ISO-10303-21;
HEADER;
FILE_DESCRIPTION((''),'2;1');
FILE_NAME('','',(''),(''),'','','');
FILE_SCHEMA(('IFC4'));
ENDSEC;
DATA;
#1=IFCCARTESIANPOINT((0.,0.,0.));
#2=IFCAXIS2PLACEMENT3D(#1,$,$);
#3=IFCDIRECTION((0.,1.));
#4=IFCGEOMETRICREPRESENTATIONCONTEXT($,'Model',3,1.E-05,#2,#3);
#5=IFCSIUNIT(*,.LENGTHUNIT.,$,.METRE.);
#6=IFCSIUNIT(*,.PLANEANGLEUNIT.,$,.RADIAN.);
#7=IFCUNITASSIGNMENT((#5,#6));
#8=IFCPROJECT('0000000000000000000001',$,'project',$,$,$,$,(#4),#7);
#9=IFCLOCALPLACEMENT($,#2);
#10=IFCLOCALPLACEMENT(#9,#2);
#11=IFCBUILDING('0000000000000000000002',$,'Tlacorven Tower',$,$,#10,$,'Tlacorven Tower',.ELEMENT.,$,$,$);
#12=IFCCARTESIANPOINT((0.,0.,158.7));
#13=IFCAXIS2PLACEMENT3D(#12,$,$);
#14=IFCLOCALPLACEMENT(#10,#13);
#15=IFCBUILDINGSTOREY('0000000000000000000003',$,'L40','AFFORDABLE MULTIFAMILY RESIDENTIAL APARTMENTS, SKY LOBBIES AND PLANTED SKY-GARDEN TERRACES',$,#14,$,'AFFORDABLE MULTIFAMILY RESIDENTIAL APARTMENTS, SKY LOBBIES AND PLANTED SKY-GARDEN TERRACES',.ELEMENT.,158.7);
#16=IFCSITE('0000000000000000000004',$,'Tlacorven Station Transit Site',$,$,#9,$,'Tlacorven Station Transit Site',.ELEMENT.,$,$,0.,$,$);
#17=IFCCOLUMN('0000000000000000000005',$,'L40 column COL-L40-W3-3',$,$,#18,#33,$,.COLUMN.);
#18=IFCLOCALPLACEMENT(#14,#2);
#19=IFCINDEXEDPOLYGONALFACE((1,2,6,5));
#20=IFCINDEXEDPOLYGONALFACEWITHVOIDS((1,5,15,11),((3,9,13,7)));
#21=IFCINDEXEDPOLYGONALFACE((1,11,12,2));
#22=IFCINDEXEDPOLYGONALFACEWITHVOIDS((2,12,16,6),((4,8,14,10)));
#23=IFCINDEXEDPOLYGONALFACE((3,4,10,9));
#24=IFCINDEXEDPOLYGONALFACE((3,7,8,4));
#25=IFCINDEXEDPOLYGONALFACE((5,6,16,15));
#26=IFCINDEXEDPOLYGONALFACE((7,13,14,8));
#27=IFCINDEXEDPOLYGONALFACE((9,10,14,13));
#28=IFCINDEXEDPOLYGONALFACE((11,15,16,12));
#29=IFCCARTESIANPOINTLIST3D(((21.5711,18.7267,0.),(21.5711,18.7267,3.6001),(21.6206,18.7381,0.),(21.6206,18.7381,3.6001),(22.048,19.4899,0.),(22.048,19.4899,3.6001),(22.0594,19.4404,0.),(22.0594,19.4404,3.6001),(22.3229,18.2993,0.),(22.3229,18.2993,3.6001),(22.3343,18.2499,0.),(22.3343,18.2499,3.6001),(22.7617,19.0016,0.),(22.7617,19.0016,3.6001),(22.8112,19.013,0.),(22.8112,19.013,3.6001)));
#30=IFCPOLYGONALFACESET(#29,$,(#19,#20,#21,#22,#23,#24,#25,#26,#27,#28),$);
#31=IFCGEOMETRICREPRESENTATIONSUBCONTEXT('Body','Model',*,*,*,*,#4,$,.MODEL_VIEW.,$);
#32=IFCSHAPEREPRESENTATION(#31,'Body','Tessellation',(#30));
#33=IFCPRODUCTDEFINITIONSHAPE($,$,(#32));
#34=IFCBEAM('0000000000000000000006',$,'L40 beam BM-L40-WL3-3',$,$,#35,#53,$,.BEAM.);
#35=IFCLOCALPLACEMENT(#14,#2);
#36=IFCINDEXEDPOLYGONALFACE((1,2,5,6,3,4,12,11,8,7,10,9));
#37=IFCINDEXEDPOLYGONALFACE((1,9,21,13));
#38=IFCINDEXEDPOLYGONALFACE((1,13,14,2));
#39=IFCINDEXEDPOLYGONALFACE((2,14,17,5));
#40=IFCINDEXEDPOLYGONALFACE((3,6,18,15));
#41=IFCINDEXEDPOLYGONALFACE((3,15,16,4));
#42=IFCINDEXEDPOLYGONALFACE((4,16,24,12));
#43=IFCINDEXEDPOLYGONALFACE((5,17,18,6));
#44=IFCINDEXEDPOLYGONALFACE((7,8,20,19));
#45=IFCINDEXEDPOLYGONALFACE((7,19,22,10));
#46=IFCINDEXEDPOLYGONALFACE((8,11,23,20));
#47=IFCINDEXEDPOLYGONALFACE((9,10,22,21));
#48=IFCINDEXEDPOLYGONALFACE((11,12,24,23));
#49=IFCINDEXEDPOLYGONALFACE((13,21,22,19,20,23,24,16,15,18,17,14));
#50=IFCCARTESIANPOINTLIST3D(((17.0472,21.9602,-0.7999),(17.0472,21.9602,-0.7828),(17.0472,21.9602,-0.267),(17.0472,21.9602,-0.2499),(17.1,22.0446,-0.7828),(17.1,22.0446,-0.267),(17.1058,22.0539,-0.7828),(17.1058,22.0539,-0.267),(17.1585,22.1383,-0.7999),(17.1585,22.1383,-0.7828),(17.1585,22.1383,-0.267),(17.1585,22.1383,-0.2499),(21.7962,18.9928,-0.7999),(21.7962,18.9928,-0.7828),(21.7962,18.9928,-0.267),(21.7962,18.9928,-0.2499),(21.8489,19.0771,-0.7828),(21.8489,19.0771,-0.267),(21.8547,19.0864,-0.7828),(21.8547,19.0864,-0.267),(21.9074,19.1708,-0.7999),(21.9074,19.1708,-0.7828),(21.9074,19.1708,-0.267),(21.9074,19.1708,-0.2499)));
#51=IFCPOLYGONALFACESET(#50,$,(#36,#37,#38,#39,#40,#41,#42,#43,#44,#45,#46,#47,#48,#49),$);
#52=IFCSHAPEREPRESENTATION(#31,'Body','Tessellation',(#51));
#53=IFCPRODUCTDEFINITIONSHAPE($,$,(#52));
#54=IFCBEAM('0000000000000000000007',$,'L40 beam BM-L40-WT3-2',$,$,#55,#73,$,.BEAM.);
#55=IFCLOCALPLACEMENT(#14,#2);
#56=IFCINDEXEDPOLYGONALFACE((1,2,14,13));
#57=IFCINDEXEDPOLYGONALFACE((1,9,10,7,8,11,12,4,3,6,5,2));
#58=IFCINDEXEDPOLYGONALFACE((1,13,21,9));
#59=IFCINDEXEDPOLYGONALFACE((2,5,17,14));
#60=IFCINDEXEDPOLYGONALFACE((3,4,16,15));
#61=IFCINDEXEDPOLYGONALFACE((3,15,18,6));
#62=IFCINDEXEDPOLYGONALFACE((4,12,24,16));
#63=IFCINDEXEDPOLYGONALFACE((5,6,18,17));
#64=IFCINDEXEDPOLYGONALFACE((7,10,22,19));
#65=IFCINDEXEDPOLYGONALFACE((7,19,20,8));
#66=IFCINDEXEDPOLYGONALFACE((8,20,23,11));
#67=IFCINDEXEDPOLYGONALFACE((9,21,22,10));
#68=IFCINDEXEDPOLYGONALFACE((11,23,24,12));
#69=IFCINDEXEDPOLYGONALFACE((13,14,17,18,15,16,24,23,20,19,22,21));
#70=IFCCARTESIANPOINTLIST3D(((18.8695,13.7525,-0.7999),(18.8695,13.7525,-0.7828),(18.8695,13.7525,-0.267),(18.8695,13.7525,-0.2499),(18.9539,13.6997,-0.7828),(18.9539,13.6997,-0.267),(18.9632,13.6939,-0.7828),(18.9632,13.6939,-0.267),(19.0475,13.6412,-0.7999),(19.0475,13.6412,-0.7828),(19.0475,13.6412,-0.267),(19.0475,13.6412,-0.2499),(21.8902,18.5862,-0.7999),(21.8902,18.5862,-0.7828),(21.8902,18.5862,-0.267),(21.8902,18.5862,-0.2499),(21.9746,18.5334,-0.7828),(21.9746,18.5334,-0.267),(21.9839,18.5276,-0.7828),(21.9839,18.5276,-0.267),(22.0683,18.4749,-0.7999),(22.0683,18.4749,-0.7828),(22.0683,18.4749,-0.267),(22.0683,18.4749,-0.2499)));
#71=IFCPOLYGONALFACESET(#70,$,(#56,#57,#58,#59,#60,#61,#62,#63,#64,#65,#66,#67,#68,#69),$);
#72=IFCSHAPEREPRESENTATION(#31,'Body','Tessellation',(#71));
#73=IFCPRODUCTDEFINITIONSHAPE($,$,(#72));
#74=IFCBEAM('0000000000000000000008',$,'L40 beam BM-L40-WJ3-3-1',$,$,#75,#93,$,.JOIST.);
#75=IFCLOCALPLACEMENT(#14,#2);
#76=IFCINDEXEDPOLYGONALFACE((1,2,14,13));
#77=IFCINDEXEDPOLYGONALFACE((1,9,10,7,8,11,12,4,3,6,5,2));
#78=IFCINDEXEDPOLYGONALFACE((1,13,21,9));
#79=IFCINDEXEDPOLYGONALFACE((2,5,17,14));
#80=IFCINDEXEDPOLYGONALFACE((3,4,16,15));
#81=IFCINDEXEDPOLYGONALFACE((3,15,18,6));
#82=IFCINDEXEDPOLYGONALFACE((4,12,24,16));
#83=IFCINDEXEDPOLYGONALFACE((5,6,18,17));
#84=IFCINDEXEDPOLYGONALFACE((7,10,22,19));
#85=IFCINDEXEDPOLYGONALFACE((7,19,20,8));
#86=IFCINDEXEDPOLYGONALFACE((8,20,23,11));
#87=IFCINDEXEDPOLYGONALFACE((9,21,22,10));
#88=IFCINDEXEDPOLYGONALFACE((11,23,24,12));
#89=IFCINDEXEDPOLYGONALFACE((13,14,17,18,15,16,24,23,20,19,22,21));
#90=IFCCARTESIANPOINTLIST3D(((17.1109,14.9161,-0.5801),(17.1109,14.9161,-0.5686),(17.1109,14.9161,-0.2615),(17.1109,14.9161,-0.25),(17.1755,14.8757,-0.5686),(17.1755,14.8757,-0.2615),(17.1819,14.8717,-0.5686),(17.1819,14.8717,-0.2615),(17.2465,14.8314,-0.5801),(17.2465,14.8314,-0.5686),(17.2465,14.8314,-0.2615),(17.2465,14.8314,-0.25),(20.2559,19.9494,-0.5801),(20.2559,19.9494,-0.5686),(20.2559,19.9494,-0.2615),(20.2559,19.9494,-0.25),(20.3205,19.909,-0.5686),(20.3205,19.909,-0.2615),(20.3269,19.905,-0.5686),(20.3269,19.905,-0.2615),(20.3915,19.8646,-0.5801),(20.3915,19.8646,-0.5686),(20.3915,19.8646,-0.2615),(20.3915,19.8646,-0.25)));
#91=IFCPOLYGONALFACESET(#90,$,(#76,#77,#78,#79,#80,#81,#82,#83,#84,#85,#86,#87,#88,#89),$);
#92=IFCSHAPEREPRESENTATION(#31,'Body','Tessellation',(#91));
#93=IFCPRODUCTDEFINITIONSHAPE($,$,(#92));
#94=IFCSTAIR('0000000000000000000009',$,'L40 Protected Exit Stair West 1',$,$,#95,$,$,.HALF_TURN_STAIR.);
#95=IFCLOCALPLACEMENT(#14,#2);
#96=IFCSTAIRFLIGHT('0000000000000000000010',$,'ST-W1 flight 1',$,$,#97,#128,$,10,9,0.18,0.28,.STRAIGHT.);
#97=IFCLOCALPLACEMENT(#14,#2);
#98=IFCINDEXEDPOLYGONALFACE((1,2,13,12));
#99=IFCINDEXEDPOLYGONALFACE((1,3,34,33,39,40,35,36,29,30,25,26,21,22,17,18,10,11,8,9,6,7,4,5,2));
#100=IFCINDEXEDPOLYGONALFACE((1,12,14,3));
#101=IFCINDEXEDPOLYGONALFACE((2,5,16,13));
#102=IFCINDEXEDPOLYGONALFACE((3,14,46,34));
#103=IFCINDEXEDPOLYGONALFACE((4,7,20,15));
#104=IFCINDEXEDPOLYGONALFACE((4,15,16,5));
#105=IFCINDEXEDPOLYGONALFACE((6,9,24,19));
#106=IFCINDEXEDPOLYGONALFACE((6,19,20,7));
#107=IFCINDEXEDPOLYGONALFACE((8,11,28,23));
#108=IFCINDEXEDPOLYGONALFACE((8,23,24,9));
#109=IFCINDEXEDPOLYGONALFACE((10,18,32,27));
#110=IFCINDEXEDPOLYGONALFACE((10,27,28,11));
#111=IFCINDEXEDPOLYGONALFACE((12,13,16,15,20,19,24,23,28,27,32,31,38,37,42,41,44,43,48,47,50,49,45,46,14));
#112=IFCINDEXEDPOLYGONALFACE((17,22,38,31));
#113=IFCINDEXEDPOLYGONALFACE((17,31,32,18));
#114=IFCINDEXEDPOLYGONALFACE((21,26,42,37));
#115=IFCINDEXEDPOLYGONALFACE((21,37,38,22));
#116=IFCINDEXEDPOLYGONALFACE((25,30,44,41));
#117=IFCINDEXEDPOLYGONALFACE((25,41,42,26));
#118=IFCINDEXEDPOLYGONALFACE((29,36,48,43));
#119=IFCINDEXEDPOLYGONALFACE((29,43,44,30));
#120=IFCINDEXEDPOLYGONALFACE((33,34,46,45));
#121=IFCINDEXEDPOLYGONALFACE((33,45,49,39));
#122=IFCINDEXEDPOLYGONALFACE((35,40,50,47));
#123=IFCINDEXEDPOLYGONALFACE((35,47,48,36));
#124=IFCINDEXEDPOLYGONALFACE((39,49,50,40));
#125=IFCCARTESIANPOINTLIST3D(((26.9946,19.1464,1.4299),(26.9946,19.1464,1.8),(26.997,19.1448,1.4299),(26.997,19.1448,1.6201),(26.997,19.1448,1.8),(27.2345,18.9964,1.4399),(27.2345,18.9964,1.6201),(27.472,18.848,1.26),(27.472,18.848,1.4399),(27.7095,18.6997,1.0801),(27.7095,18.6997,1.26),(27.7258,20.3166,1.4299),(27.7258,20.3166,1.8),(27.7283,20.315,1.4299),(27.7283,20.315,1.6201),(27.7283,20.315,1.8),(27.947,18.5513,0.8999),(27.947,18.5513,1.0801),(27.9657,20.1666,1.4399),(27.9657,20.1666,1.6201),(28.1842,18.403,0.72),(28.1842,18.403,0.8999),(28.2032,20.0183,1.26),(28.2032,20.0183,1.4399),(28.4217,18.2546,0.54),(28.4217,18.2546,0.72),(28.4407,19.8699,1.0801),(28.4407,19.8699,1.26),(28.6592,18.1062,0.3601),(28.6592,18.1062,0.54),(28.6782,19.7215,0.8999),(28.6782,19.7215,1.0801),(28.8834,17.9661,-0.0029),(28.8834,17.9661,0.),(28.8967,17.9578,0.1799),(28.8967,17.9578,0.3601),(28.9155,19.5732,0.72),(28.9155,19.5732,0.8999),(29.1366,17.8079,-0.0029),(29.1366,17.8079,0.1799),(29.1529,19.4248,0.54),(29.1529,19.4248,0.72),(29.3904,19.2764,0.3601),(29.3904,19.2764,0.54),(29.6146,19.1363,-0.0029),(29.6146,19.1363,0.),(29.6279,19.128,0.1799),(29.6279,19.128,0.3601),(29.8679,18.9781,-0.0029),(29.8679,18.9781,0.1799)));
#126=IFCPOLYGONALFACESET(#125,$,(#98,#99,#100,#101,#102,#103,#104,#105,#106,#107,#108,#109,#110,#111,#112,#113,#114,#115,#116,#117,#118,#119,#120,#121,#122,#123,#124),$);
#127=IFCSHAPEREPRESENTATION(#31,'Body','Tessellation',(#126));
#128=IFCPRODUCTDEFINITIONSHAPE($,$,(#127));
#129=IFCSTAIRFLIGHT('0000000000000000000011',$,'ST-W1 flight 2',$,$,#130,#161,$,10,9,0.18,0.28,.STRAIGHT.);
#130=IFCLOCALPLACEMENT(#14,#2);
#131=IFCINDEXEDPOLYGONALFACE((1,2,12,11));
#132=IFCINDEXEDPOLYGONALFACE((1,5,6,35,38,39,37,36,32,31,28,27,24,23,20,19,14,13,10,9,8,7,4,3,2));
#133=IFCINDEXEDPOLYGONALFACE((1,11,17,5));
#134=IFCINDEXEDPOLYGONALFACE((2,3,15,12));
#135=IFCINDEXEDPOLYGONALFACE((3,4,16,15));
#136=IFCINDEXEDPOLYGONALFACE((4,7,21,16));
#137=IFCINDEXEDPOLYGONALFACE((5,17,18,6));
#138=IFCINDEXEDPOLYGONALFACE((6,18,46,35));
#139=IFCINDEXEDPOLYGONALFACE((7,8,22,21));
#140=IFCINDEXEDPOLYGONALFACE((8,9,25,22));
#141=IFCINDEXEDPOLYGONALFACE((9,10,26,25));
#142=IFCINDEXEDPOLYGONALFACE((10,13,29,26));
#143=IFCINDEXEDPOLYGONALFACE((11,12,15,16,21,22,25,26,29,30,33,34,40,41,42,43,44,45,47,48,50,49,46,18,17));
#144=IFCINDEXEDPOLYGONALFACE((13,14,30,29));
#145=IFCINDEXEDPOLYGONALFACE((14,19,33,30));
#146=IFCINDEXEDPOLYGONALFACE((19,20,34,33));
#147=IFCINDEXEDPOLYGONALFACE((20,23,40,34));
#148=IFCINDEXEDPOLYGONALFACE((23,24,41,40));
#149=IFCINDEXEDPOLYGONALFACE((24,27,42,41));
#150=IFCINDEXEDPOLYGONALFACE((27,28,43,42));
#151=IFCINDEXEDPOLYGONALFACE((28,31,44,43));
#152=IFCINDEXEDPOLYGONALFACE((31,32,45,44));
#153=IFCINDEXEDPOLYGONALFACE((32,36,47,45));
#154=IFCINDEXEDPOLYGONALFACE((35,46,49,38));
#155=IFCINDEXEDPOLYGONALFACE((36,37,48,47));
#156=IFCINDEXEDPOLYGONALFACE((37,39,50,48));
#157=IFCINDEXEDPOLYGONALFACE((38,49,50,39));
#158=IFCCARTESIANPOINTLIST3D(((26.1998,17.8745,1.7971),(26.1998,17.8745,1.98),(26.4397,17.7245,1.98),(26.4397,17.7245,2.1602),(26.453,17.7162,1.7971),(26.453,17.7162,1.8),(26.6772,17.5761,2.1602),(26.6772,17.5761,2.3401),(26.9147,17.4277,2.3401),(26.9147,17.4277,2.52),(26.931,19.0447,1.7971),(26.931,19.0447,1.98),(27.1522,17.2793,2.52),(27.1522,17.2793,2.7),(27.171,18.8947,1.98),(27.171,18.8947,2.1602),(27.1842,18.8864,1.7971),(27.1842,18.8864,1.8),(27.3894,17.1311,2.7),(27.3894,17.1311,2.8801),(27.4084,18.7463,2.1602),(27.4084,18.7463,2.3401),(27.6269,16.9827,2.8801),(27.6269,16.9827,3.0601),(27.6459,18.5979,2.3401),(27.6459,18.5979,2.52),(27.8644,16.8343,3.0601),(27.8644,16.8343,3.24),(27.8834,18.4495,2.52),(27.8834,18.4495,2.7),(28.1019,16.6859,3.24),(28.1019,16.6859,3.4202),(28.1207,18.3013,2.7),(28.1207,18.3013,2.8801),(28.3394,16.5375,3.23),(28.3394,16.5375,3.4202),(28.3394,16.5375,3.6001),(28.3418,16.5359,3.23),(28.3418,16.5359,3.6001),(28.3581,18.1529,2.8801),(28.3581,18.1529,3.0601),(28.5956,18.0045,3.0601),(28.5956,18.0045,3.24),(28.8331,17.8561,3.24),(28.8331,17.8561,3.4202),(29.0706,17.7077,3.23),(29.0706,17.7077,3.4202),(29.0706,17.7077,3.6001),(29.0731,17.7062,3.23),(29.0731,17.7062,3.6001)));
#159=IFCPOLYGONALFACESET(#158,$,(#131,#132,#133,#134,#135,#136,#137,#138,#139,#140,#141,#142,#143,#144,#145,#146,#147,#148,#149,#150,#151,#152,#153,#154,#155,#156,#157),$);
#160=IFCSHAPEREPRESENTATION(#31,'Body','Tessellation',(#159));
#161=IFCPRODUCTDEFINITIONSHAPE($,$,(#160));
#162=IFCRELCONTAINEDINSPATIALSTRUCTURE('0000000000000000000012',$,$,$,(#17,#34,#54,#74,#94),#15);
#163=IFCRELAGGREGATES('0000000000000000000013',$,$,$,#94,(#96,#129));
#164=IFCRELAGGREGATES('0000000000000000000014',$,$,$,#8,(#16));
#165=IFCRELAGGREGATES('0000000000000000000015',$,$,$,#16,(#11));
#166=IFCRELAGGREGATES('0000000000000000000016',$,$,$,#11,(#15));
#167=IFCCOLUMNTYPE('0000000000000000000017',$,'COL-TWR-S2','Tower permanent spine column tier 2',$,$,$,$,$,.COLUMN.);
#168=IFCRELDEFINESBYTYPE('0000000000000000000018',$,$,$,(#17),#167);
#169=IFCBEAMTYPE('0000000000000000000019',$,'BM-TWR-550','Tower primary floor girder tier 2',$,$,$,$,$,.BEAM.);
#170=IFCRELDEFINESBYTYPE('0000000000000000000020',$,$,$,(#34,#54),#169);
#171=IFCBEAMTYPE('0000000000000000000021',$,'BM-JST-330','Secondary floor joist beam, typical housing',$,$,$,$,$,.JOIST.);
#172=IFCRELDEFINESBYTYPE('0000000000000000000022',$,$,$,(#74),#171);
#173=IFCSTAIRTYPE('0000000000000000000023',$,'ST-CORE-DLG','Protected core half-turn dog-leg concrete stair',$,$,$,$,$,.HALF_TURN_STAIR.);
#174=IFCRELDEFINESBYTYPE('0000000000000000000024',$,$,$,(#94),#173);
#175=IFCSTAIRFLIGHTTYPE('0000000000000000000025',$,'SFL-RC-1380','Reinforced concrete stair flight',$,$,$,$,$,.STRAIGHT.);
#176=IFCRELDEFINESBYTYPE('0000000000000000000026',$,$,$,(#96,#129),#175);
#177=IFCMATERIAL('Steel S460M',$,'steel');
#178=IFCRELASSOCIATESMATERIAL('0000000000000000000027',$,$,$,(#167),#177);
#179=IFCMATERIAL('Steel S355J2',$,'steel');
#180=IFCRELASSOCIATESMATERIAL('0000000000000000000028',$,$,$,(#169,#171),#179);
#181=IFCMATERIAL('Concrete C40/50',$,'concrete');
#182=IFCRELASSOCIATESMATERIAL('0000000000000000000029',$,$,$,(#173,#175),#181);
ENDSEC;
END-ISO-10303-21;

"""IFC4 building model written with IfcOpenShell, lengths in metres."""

from ifc_helpers import new_model, si_unit, direction, frame, origin, origin_2d, place, context, subcontext, project, spatial, polyline, hollow_rectangle, i_section, outline, extrude, source, transform, mapped, material, material_profile, profile_set, type_object, element, aggregate, save


model = new_model("IFC4")

# Units and contexts
model_context = context("Model", 3, precision=1e-05, world=origin(), true_north=direction((0.0, 1.0)))
body_context = subcontext(model_context, "Body", "Model", "MODEL_VIEW")
ifc_project = project(units=[si_unit("LENGTHUNIT", "METRE"), si_unit("PLANEANGLEUNIT", "RADIAN")], contexts=[model_context])

# Site, building, storey
site_placement = place(None, origin())
site = spatial("IfcSite", under=ifc_project, at=site_placement, Name="Tlacorven Station Transit Site", LongName="Tlacorven Station Transit Site", CompositionType="ELEMENT", RefElevation=0.0)
building_placement = place(site_placement, origin())
building = spatial("IfcBuilding", under=site, at=building_placement, Name="Tlacorven Tower", LongName="Tlacorven Tower", CompositionType="ELEMENT")
storey_placement = place(building_placement, frame((0.0, 0.0, 158.7)))
storey = spatial("IfcBuildingStorey", under=building, at=storey_placement, Name="L40", Description="AFFORDABLE MULTIFAMILY RESIDENTIAL APARTMENTS, SKY LOBBIES AND PLANTED SKY-GARDEN TERRACES", LongName="AFFORDABLE MULTIFAMILY RESIDENTIAL APARTMENTS, SKY LOBBIES AND PLANTED SKY-GARDEN TERRACES", CompositionType="ELEMENT", Elevation=158.7)

# Column
ifc_material_1 = material(Name="Steel S460M", Category="steel")
ifc_material_profile_1 = material_profile(ifc_material_1, hollow_rectangle(XDim=0.8999, YDim=0.8999, WallThickness=0.0359, at=origin_2d()), Name="BOX 900X900X36")
ifc_profile_set_1 = profile_set([ifc_material_profile_1], Name="Steel S460M")
column_type = type_object("IfcColumnType", Name="COL-TWR-S2", Description="Tower permanent spine column tier 2", PredefinedType="COLUMN", material=ifc_profile_set_1)
shared_shape_1 = source(origin(), body_context, "Body", "SweptSolid", [
    extrude(hollow_rectangle(XDim=0.8999, YDim=0.8999, WallThickness=0.0359, at=origin_2d()), origin(), (0.0, 0.0, 1.0), 3.6001),
])
column_placement = place(storey_placement, frame((22.1912, 18.8699, 0.0), z_axis=(0.0, 0.0, 1.0), x_axis=(-0.848048, 0.529919, 0.0)))
element("IfcColumn", 1, at=column_placement, inside=storey, type_object=column_type, Name="L40 column COL-L40-W3-3", PredefinedType="COLUMN", context=body_context, shape_type="MappedRepresentation", body=[
    mapped(shared_shape_1, transform((0.0, 0.0, 0.0), scale=1.0)),
])

# Beams
ifc_material_2 = material(Name="Steel S355J2", Category="steel")
ifc_material_profile_2 = material_profile(ifc_material_2, i_section(OverallWidth=0.21, OverallDepth=0.55, WebThickness=0.011, FlangeThickness=0.0171, at=origin_2d()), Name="IPE 550")
ifc_profile_set_2 = profile_set([ifc_material_profile_2], Name="Steel S355J2")
beam_type_1 = type_object("IfcBeamType", Name="BM-TWR-550", Description="Tower primary floor girder tier 2", PredefinedType="BEAM", material=ifc_profile_set_2)
shared_shape_2 = source(origin(), body_context, "Body", "SweptSolid", [
    extrude(i_section(OverallWidth=0.21, OverallDepth=0.55, WebThickness=0.011, FlangeThickness=0.0171, at=origin_2d()), origin(), (0.0, 0.0, 1.0), 5.5999),
])
beam_1_placement = place(storey_placement, frame((21.8518, 19.0818, -0.5249), z_axis=(-0.848047, 0.529921, 0.0), x_axis=(-0.529921, -0.848047, 0.0)))
element("IfcBeam", 2, at=beam_1_placement, inside=storey, type_object=beam_type_1, Name="L40 beam BM-L40-WL3-3", PredefinedType="BEAM", context=body_context, shape_type="MappedRepresentation", body=[
    mapped(shared_shape_2, transform((0.0, 0.0, 0.0), scale=1.0)),
])
shared_shape_3 = source(origin(), body_context, "Body", "SweptSolid", [
    extrude(i_section(OverallWidth=0.21, OverallDepth=0.55, WebThickness=0.011, FlangeThickness=0.0171, at=origin_2d()), origin(), (0.0, 0.0, 1.0), 5.7),
])
beam_2_placement = place(storey_placement, frame((21.9792, 18.5305, -0.5249), z_axis=(-0.529957, -0.848025, 0.0), x_axis=(0.848025, -0.529957, 0.0)))
element("IfcBeam", 3, at=beam_2_placement, inside=storey, type_object=beam_type_1, Name="L40 beam BM-L40-WT3-2", PredefinedType="BEAM", context=body_context, shape_type="MappedRepresentation", body=[
    mapped(shared_shape_3, transform((0.0, 0.0, 0.0), scale=1.0)),
])
ifc_material_profile_3 = material_profile(ifc_material_2, i_section(OverallWidth=0.1599, OverallDepth=0.3301, WebThickness=0.0076, FlangeThickness=0.0115, at=origin_2d()), Name="IPE 330")
ifc_profile_set_3 = profile_set([ifc_material_profile_3], Name="Steel S355J2")
beam_type_2 = type_object("IfcBeamType", Name="BM-JST-330", Description="Secondary floor joist beam, typical housing", PredefinedType="JOIST", material=ifc_profile_set_3)
shared_shape_4 = source(origin(), body_context, "Body", "SweptSolid", [
    extrude(i_section(OverallWidth=0.1599, OverallDepth=0.3301, WebThickness=0.0076, FlangeThickness=0.0115, at=origin_2d()), origin(), (0.0, 0.0, 1.0), 5.9351),
])
beam_3_placement = place(storey_placement, frame((20.3237, 19.907, -0.415), z_axis=(-0.52991, -0.848054, 0.0), x_axis=(0.848054, -0.52991, 0.0)))
element("IfcBeam", 4, at=beam_3_placement, inside=storey, type_object=beam_type_2, Name="L40 beam BM-L40-WJ3-3-1", PredefinedType="JOIST", context=body_context, shape_type="MappedRepresentation", body=[
    mapped(shared_shape_4, transform((0.0, 0.0, 0.0), scale=1.0)),
])

# Stair, stair flights
ifc_material_3 = material(Name="Concrete C40/50", Category="concrete")
stair_type = type_object("IfcStairType", Name="ST-CORE-DLG", Description="Protected core half-turn dog-leg concrete stair", PredefinedType="HALF_TURN_STAIR", material=ifc_material_3)
stair_placement = place(storey_placement, origin())
stair = element("IfcStair", 5, at=stair_placement, inside=storey, type_object=stair_type, Name="L40 Protected Exit Stair West 1", PredefinedType="HALF_TURN_STAIR")
stair_flight_type = type_object("IfcStairFlightType", Name="SFL-RC-1380", Description="Reinforced concrete stair flight", PredefinedType="STRAIGHT", material=ifc_material_3)
shared_shape_5 = source(origin(), body_context, "Body", "SweptSolid", [
    extrude(outline(polyline([(-0.0029, -0.0029), (-0.0029, 0.1799), (0.28, 0.1799), (0.28, 0.3601), (0.5601, 0.3601), (0.5601, 0.54), (0.8401, 0.54), (0.8401, 0.72), (1.1201, 0.72), (1.1201, 0.8999), (1.3999, 0.8999), (1.3999, 1.0801), (1.6799, 1.0801), (1.6799, 1.26), (1.96, 1.26), (1.96, 1.4399), (2.24, 1.4399), (2.24, 1.6201), (2.52, 1.6201), (2.52, 1.8), (2.5229, 1.8), (2.5229, 1.4299), (2.52, 1.4299), (0.2957, 0.0), (0.2957, -0.0029), (-0.0029, -0.0029)])), frame((0.0, 0.6899, 0.0), z_axis=(0.0, -1.0, 0.0), x_axis=(1.0, 0.0, 0.0)), (0.0, 0.0, 1.0), 1.3799),
])
stair_flight_1_placement = place(storey_placement, frame((29.4998, 18.3945, 0.0), z_axis=(0.0, 0.0, 1.0), x_axis=(-0.848048, 0.529919, 0.0)))
stair_flight_1 = element("IfcStairFlight", 6, at=stair_flight_1_placement, type_object=stair_flight_type, Name="ST-W1 flight 1", NumberOfRisers=10, NumberOfTreads=9, PredefinedType="STRAIGHT", RiserHeight=0.18, TreadLength=0.28, context=body_context, shape_type="MappedRepresentation", body=[
    mapped(shared_shape_5, transform((0.0, 0.0, 0.0), scale=1.0)),
])
stair_flight_2_placement = place(storey_placement, frame((26.5679, 18.458, 1.8), z_axis=(0.0, 0.0, 1.0), x_axis=(0.848048, -0.529919, 0.0)))
stair_flight_2 = element("IfcStairFlight", 7, at=stair_flight_2_placement, type_object=stair_flight_type, Name="ST-W1 flight 2", NumberOfRisers=10, NumberOfTreads=9, PredefinedType="STRAIGHT", RiserHeight=0.18, TreadLength=0.28, context=body_context, shape_type="MappedRepresentation", body=[
    mapped(shared_shape_5, transform((0.0, 0.0, 0.0), scale=1.0)),
])
aggregate(stair, [stair_flight_1, stair_flight_2])

save(model, "model.ifc")
